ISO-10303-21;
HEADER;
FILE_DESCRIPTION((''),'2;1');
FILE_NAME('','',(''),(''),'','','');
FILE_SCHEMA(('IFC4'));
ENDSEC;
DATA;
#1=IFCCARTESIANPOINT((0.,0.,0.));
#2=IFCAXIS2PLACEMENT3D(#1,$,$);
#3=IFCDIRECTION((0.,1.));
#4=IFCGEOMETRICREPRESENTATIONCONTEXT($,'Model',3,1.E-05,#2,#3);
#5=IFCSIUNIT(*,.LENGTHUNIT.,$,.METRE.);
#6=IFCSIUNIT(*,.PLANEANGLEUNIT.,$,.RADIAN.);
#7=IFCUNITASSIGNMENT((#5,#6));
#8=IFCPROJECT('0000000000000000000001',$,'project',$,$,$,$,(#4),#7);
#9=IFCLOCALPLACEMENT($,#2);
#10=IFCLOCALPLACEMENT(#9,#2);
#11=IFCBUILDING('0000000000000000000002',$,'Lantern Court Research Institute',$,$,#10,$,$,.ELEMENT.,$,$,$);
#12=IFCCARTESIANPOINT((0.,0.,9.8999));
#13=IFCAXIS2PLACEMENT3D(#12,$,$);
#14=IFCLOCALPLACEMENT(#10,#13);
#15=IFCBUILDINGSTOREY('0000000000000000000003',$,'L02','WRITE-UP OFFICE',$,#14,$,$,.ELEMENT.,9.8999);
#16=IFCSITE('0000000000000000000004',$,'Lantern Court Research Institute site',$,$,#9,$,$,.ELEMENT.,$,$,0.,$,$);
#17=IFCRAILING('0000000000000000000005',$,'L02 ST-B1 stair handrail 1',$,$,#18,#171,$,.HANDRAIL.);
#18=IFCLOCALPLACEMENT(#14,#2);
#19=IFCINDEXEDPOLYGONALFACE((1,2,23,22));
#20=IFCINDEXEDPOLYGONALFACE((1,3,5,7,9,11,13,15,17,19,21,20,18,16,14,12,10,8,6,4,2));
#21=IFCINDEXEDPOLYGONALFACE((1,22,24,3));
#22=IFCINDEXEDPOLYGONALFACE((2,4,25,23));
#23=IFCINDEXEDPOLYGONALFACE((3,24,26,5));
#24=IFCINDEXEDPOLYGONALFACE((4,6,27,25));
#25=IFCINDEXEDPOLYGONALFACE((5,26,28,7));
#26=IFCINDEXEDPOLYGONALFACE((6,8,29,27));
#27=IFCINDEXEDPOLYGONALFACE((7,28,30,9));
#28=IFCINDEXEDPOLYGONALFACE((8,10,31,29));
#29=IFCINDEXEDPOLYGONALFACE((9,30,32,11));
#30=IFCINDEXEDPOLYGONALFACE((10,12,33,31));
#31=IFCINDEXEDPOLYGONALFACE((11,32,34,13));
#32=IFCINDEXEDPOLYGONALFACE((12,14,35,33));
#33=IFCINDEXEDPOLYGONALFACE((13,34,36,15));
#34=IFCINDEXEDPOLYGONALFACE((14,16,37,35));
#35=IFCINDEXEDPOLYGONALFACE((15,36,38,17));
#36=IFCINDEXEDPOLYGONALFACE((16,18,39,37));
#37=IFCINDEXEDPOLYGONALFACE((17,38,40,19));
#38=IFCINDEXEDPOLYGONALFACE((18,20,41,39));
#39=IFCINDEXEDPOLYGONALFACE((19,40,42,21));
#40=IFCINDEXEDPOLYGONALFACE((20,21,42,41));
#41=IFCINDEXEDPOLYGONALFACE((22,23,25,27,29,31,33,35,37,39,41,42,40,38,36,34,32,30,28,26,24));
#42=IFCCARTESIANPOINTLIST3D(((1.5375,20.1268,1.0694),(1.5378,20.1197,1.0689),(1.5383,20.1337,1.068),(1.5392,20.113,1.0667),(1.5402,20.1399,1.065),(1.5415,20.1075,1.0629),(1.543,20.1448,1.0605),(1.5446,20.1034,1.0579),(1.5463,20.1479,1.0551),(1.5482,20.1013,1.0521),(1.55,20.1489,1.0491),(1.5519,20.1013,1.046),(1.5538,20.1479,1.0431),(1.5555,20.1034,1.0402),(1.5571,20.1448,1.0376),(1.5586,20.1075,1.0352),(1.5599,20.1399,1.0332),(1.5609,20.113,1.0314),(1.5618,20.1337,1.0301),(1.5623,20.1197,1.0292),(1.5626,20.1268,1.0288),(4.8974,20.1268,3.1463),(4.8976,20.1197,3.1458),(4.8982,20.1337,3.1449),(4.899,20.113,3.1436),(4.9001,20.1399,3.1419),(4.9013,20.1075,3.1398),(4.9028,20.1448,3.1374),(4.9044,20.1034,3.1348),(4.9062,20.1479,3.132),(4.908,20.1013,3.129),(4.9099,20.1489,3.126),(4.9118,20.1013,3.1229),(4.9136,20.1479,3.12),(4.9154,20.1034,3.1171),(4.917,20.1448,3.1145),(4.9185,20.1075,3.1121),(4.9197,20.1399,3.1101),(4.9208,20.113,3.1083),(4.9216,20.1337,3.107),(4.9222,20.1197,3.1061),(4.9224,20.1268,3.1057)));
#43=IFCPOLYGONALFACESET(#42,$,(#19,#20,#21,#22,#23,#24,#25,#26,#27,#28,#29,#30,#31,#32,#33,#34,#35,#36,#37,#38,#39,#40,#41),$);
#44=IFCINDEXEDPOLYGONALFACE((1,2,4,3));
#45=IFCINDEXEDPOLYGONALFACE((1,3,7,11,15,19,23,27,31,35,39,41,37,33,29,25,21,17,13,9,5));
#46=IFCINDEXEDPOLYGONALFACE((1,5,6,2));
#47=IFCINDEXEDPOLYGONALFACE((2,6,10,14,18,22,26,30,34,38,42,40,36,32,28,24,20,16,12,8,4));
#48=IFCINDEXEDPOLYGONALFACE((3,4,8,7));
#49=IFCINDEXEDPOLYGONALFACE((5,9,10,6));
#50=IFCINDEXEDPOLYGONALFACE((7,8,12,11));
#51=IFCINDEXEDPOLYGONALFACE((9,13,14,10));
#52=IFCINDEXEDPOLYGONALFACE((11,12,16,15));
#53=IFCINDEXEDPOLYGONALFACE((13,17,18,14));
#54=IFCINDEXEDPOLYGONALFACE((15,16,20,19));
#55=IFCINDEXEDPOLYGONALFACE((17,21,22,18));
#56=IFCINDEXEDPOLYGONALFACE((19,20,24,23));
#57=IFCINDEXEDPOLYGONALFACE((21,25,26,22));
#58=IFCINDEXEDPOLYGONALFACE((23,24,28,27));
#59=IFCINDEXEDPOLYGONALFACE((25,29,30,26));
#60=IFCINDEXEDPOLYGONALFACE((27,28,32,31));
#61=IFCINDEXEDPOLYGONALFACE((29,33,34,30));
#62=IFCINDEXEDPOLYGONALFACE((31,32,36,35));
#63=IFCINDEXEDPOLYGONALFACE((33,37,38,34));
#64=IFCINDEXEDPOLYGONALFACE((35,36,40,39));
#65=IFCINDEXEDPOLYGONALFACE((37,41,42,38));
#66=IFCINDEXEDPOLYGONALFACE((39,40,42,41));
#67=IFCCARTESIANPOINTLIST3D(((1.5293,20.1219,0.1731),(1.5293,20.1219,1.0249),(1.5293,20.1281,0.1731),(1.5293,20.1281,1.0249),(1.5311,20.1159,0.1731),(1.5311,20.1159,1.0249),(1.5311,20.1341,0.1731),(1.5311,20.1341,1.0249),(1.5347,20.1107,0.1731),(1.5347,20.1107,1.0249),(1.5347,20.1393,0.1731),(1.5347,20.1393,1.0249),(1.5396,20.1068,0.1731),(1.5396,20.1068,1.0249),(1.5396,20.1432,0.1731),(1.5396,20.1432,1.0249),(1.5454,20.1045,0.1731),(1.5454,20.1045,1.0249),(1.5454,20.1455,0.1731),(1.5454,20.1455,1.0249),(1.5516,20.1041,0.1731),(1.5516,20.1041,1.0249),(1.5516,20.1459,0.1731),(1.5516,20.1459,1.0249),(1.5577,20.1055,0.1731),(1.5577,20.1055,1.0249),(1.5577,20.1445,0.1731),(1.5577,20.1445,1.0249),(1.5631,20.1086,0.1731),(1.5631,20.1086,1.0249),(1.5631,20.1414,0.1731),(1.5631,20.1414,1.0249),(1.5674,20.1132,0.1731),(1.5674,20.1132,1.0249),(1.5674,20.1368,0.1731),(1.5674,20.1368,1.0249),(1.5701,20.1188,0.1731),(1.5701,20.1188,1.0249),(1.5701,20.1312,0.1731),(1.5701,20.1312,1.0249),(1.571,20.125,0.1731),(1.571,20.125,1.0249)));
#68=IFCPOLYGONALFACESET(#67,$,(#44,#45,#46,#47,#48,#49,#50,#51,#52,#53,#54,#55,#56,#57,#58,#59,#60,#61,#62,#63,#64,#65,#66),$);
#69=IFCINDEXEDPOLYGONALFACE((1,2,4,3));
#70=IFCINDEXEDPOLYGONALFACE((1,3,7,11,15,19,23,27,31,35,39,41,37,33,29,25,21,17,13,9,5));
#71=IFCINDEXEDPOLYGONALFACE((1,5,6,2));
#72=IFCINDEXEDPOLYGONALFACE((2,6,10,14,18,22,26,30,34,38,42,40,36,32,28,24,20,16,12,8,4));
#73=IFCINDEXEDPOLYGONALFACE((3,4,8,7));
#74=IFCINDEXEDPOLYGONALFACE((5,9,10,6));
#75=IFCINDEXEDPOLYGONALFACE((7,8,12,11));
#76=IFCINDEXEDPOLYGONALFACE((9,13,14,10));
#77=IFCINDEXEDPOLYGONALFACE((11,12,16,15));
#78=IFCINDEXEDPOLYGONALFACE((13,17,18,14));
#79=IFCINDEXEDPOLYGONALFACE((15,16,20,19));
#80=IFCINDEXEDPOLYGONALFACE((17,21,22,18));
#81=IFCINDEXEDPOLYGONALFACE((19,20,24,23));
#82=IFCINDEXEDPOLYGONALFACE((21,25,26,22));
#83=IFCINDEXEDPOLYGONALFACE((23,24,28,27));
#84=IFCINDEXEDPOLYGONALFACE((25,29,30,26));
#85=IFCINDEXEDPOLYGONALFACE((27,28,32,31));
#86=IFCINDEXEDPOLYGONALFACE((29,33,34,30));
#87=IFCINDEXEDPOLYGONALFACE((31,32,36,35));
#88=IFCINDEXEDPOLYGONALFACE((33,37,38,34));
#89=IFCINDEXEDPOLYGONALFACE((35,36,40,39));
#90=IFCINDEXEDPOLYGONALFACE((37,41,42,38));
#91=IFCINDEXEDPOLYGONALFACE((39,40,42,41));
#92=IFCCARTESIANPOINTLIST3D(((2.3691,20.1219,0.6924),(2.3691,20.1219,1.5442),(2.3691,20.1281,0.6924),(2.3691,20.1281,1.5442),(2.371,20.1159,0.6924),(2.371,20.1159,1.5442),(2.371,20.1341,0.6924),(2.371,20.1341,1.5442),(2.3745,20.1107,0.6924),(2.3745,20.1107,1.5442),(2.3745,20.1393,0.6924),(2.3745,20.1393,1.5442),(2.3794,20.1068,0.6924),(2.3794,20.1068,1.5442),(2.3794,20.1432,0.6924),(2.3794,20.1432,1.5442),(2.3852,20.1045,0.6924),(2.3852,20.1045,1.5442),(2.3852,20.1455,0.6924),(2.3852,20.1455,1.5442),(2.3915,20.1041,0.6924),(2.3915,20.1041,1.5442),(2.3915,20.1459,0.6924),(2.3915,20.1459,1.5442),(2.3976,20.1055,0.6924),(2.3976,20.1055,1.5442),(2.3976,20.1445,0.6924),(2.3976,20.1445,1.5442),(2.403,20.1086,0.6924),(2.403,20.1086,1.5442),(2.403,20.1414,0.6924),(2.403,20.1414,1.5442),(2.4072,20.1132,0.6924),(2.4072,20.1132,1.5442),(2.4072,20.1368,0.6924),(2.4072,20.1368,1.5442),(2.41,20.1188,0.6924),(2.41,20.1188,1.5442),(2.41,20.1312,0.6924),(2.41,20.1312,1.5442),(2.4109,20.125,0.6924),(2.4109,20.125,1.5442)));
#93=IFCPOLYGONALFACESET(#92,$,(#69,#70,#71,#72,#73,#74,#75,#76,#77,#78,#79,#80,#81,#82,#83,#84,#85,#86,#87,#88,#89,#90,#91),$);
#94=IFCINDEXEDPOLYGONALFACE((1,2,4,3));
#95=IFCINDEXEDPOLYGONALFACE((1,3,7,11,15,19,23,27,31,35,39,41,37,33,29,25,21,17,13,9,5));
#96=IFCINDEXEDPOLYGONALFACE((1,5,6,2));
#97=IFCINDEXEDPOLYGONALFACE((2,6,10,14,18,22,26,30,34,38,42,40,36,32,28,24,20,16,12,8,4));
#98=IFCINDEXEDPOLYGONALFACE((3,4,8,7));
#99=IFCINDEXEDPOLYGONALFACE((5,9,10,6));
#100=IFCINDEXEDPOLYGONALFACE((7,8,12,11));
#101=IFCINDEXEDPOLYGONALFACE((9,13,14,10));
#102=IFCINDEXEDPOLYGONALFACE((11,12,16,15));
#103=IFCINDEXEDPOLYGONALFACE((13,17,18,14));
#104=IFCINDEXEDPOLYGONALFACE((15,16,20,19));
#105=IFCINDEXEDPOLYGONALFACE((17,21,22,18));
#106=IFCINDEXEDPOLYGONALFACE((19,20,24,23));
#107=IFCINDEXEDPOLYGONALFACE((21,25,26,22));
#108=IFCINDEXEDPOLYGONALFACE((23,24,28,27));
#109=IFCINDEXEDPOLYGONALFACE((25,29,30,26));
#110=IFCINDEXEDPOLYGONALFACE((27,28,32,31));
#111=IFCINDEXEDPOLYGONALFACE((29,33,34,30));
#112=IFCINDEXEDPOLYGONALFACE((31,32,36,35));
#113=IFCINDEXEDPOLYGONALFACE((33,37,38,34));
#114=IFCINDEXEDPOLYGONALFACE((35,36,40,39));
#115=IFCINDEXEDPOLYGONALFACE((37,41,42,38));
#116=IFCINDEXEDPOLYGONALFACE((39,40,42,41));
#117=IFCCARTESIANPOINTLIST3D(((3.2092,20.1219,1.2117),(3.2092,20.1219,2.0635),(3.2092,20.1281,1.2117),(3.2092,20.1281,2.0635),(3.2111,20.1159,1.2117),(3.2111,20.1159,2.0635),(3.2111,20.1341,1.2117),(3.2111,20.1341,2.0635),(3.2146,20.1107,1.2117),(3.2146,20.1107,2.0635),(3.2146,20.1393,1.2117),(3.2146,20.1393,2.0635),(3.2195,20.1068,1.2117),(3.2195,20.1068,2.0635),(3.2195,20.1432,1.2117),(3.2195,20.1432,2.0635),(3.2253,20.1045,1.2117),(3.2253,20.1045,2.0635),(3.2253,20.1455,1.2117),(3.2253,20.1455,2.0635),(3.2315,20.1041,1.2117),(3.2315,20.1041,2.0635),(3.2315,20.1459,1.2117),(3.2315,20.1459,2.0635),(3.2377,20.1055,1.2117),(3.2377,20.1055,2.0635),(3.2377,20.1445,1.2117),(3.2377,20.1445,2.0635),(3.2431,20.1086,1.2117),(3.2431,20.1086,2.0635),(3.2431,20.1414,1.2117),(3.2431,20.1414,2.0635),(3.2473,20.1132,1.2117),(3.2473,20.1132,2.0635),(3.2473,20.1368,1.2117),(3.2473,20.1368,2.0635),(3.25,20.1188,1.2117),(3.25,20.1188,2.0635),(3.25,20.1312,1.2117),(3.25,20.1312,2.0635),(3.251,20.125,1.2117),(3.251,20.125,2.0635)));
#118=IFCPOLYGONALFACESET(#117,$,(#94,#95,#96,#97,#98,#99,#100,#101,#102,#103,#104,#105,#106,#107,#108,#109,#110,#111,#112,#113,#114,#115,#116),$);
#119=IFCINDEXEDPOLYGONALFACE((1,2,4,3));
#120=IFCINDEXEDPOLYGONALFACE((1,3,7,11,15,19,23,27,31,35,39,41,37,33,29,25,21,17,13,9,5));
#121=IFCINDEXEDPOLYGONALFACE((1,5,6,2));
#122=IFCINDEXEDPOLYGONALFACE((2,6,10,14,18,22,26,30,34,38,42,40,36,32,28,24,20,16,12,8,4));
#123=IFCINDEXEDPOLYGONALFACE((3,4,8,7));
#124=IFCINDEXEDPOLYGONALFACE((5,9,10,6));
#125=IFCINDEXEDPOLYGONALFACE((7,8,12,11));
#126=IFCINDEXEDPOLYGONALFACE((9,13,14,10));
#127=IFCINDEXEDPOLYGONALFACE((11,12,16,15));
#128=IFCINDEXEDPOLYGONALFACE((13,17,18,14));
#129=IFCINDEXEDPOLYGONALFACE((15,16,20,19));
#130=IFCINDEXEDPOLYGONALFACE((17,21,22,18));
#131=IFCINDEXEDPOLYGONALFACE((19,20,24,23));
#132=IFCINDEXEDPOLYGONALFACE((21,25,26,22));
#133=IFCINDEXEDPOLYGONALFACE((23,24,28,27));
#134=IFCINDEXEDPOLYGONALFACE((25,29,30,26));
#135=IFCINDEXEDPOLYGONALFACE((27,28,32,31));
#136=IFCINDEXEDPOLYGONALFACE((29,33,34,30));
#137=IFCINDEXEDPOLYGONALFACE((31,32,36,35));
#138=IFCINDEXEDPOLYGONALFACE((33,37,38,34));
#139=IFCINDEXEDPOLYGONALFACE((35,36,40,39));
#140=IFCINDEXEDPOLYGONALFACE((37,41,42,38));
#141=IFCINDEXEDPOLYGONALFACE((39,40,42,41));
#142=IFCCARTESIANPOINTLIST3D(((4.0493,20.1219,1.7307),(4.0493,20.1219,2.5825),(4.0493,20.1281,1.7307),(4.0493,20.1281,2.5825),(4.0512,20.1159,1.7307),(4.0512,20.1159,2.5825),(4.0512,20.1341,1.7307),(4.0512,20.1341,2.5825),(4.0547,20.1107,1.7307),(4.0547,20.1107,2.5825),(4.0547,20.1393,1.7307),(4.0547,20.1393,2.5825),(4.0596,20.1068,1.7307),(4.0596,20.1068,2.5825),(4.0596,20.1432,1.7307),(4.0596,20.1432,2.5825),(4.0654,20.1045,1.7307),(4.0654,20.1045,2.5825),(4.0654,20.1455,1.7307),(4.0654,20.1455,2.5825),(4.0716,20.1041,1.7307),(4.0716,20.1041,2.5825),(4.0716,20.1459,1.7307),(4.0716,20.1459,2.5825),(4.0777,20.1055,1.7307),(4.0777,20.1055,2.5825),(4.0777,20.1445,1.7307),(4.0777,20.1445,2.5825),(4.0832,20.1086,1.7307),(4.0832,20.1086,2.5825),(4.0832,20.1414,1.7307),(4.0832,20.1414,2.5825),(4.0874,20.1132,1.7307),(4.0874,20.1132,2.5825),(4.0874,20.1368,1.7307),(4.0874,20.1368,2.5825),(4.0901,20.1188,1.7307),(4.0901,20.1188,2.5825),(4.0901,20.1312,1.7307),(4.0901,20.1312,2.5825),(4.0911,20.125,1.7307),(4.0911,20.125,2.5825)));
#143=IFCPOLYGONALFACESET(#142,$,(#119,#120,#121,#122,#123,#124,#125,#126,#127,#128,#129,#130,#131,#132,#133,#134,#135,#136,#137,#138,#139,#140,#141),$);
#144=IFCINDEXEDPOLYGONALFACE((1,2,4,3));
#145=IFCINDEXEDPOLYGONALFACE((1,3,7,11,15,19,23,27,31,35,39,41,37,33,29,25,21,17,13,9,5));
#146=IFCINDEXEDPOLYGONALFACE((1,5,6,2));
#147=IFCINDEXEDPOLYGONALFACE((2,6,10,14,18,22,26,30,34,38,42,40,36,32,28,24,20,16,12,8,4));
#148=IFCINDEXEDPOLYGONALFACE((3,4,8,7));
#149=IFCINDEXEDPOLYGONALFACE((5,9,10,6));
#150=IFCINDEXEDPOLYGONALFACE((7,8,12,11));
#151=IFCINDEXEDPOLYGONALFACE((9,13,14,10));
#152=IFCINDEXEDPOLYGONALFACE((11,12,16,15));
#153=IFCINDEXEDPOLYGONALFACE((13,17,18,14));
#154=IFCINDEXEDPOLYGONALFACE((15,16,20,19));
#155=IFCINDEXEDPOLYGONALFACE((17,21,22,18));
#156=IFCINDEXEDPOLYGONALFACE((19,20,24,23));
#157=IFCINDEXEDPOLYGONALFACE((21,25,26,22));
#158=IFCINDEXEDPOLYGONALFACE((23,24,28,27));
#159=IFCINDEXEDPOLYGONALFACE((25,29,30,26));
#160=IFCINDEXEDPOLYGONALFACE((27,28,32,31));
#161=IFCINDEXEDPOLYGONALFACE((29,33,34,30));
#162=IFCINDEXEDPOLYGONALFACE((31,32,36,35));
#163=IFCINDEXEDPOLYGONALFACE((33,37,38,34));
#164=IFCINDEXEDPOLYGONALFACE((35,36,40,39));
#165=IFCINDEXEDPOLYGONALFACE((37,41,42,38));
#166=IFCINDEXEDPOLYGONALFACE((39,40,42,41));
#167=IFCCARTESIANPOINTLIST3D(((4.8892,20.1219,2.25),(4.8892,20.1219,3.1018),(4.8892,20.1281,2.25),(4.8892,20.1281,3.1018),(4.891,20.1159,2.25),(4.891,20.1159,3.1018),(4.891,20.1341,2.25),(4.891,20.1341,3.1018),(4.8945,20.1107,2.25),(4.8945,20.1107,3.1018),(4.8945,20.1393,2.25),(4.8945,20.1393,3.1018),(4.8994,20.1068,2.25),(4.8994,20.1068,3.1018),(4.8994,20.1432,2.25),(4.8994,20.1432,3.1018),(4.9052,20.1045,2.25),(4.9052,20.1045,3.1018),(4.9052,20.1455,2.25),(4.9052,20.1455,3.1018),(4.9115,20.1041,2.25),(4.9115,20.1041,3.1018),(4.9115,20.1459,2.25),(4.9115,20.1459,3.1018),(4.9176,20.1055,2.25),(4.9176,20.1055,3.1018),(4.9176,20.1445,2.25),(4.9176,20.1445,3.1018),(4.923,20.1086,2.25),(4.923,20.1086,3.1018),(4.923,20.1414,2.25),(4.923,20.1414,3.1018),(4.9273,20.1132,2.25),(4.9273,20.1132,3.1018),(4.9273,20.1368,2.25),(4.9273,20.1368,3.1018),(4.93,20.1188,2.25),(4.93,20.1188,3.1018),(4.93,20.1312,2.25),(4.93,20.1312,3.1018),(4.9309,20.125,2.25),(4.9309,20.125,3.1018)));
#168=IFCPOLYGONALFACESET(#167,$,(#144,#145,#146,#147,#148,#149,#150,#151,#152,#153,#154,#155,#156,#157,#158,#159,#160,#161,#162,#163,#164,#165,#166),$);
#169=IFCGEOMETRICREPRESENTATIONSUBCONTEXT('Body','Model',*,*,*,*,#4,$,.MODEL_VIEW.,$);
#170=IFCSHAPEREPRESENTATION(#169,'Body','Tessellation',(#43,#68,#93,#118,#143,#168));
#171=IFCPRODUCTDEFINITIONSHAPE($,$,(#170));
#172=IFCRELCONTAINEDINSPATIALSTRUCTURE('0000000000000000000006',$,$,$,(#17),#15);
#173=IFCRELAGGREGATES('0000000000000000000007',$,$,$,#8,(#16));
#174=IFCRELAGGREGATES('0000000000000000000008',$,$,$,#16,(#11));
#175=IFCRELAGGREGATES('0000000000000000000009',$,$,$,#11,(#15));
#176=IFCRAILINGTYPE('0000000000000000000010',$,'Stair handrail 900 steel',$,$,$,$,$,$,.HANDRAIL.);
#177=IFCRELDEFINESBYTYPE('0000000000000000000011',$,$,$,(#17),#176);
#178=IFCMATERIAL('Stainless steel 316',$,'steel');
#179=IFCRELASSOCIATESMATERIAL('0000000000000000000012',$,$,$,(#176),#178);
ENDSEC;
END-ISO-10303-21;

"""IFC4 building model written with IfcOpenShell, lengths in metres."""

from ifc_helpers import new_model, si_unit, direction, frame, origin, origin_2d, place, context, subcontext, project, spatial, circle, extrude, material, type_object, element, save


model = new_model("IFC4")

# Units and contexts
model_context = context("Model", 3, precision=1e-05, world=origin(), true_north=direction((0.0, 1.0)))
body_context = subcontext(model_context, "Body", "Model", "MODEL_VIEW")
ifc_project = project(units=[si_unit("LENGTHUNIT", "METRE"), si_unit("PLANEANGLEUNIT", "RADIAN")], contexts=[model_context])

# Site, building, storey
site_placement = place(None, origin())
site = spatial("IfcSite", under=ifc_project, at=site_placement, Name="Lantern Court Research Institute site", CompositionType="ELEMENT", RefElevation=0.0)
building_placement = place(site_placement, origin())
building = spatial("IfcBuilding", under=site, at=building_placement, Name="Lantern Court Research Institute", CompositionType="ELEMENT")
storey_placement = place(building_placement, frame((0.0, 0.0, 9.8999)))
storey = spatial("IfcBuildingStorey", under=building, at=storey_placement, Name="L02", Description="WRITE-UP OFFICE", CompositionType="ELEMENT", Elevation=9.8999)

# Railing
ifc_material_1 = material(Name="Stainless steel 316", Category="steel")
railing_type_1 = type_object("IfcRailingType", Name="Stair handrail 900 steel", PredefinedType="HANDRAIL", material=ifc_material_1)
railing_1_placement = place(storey_placement, frame((1.55, 20.125, 0.1731)))
element("IfcRailing", 1, at=railing_1_placement, inside=storey, type_object=railing_type_1, Name="L02 ST-B1 stair handrail 1", PredefinedType="HANDRAIL", context=body_context, shape_type="SweptSolid", body=[
    extrude(circle(Radius=0.0239, at=origin_2d()), frame((0.0, 0.0, 0.876), z_axis=(0.850606, 0.0, 0.525803), x_axis=(0.0, 1.0, 0.0)), (0.0, 0.0, 1.0), 3.95),
    extrude(circle(Radius=0.021, at=origin_2d()), origin(), (0.0, 0.0, 1.0), 0.8518),
    extrude(circle(Radius=0.021, at=origin_2d()), frame((0.8398, 0.0, 0.5193)), (0.0, 0.0, 1.0), 0.8518),
    extrude(circle(Radius=0.021, at=origin_2d()), frame((1.6799, 0.0, 1.0386)), (0.0, 0.0, 1.0), 0.8518),
    extrude(circle(Radius=0.021, at=origin_2d()), frame((2.52, 0.0, 1.5576)), (0.0, 0.0, 1.0), 0.8518),
    extrude(circle(Radius=0.021, at=origin_2d()), frame((3.3599, 0.0, 2.0769)), (0.0, 0.0, 1.0), 0.8518),
])

save(model, "model.ifc")
